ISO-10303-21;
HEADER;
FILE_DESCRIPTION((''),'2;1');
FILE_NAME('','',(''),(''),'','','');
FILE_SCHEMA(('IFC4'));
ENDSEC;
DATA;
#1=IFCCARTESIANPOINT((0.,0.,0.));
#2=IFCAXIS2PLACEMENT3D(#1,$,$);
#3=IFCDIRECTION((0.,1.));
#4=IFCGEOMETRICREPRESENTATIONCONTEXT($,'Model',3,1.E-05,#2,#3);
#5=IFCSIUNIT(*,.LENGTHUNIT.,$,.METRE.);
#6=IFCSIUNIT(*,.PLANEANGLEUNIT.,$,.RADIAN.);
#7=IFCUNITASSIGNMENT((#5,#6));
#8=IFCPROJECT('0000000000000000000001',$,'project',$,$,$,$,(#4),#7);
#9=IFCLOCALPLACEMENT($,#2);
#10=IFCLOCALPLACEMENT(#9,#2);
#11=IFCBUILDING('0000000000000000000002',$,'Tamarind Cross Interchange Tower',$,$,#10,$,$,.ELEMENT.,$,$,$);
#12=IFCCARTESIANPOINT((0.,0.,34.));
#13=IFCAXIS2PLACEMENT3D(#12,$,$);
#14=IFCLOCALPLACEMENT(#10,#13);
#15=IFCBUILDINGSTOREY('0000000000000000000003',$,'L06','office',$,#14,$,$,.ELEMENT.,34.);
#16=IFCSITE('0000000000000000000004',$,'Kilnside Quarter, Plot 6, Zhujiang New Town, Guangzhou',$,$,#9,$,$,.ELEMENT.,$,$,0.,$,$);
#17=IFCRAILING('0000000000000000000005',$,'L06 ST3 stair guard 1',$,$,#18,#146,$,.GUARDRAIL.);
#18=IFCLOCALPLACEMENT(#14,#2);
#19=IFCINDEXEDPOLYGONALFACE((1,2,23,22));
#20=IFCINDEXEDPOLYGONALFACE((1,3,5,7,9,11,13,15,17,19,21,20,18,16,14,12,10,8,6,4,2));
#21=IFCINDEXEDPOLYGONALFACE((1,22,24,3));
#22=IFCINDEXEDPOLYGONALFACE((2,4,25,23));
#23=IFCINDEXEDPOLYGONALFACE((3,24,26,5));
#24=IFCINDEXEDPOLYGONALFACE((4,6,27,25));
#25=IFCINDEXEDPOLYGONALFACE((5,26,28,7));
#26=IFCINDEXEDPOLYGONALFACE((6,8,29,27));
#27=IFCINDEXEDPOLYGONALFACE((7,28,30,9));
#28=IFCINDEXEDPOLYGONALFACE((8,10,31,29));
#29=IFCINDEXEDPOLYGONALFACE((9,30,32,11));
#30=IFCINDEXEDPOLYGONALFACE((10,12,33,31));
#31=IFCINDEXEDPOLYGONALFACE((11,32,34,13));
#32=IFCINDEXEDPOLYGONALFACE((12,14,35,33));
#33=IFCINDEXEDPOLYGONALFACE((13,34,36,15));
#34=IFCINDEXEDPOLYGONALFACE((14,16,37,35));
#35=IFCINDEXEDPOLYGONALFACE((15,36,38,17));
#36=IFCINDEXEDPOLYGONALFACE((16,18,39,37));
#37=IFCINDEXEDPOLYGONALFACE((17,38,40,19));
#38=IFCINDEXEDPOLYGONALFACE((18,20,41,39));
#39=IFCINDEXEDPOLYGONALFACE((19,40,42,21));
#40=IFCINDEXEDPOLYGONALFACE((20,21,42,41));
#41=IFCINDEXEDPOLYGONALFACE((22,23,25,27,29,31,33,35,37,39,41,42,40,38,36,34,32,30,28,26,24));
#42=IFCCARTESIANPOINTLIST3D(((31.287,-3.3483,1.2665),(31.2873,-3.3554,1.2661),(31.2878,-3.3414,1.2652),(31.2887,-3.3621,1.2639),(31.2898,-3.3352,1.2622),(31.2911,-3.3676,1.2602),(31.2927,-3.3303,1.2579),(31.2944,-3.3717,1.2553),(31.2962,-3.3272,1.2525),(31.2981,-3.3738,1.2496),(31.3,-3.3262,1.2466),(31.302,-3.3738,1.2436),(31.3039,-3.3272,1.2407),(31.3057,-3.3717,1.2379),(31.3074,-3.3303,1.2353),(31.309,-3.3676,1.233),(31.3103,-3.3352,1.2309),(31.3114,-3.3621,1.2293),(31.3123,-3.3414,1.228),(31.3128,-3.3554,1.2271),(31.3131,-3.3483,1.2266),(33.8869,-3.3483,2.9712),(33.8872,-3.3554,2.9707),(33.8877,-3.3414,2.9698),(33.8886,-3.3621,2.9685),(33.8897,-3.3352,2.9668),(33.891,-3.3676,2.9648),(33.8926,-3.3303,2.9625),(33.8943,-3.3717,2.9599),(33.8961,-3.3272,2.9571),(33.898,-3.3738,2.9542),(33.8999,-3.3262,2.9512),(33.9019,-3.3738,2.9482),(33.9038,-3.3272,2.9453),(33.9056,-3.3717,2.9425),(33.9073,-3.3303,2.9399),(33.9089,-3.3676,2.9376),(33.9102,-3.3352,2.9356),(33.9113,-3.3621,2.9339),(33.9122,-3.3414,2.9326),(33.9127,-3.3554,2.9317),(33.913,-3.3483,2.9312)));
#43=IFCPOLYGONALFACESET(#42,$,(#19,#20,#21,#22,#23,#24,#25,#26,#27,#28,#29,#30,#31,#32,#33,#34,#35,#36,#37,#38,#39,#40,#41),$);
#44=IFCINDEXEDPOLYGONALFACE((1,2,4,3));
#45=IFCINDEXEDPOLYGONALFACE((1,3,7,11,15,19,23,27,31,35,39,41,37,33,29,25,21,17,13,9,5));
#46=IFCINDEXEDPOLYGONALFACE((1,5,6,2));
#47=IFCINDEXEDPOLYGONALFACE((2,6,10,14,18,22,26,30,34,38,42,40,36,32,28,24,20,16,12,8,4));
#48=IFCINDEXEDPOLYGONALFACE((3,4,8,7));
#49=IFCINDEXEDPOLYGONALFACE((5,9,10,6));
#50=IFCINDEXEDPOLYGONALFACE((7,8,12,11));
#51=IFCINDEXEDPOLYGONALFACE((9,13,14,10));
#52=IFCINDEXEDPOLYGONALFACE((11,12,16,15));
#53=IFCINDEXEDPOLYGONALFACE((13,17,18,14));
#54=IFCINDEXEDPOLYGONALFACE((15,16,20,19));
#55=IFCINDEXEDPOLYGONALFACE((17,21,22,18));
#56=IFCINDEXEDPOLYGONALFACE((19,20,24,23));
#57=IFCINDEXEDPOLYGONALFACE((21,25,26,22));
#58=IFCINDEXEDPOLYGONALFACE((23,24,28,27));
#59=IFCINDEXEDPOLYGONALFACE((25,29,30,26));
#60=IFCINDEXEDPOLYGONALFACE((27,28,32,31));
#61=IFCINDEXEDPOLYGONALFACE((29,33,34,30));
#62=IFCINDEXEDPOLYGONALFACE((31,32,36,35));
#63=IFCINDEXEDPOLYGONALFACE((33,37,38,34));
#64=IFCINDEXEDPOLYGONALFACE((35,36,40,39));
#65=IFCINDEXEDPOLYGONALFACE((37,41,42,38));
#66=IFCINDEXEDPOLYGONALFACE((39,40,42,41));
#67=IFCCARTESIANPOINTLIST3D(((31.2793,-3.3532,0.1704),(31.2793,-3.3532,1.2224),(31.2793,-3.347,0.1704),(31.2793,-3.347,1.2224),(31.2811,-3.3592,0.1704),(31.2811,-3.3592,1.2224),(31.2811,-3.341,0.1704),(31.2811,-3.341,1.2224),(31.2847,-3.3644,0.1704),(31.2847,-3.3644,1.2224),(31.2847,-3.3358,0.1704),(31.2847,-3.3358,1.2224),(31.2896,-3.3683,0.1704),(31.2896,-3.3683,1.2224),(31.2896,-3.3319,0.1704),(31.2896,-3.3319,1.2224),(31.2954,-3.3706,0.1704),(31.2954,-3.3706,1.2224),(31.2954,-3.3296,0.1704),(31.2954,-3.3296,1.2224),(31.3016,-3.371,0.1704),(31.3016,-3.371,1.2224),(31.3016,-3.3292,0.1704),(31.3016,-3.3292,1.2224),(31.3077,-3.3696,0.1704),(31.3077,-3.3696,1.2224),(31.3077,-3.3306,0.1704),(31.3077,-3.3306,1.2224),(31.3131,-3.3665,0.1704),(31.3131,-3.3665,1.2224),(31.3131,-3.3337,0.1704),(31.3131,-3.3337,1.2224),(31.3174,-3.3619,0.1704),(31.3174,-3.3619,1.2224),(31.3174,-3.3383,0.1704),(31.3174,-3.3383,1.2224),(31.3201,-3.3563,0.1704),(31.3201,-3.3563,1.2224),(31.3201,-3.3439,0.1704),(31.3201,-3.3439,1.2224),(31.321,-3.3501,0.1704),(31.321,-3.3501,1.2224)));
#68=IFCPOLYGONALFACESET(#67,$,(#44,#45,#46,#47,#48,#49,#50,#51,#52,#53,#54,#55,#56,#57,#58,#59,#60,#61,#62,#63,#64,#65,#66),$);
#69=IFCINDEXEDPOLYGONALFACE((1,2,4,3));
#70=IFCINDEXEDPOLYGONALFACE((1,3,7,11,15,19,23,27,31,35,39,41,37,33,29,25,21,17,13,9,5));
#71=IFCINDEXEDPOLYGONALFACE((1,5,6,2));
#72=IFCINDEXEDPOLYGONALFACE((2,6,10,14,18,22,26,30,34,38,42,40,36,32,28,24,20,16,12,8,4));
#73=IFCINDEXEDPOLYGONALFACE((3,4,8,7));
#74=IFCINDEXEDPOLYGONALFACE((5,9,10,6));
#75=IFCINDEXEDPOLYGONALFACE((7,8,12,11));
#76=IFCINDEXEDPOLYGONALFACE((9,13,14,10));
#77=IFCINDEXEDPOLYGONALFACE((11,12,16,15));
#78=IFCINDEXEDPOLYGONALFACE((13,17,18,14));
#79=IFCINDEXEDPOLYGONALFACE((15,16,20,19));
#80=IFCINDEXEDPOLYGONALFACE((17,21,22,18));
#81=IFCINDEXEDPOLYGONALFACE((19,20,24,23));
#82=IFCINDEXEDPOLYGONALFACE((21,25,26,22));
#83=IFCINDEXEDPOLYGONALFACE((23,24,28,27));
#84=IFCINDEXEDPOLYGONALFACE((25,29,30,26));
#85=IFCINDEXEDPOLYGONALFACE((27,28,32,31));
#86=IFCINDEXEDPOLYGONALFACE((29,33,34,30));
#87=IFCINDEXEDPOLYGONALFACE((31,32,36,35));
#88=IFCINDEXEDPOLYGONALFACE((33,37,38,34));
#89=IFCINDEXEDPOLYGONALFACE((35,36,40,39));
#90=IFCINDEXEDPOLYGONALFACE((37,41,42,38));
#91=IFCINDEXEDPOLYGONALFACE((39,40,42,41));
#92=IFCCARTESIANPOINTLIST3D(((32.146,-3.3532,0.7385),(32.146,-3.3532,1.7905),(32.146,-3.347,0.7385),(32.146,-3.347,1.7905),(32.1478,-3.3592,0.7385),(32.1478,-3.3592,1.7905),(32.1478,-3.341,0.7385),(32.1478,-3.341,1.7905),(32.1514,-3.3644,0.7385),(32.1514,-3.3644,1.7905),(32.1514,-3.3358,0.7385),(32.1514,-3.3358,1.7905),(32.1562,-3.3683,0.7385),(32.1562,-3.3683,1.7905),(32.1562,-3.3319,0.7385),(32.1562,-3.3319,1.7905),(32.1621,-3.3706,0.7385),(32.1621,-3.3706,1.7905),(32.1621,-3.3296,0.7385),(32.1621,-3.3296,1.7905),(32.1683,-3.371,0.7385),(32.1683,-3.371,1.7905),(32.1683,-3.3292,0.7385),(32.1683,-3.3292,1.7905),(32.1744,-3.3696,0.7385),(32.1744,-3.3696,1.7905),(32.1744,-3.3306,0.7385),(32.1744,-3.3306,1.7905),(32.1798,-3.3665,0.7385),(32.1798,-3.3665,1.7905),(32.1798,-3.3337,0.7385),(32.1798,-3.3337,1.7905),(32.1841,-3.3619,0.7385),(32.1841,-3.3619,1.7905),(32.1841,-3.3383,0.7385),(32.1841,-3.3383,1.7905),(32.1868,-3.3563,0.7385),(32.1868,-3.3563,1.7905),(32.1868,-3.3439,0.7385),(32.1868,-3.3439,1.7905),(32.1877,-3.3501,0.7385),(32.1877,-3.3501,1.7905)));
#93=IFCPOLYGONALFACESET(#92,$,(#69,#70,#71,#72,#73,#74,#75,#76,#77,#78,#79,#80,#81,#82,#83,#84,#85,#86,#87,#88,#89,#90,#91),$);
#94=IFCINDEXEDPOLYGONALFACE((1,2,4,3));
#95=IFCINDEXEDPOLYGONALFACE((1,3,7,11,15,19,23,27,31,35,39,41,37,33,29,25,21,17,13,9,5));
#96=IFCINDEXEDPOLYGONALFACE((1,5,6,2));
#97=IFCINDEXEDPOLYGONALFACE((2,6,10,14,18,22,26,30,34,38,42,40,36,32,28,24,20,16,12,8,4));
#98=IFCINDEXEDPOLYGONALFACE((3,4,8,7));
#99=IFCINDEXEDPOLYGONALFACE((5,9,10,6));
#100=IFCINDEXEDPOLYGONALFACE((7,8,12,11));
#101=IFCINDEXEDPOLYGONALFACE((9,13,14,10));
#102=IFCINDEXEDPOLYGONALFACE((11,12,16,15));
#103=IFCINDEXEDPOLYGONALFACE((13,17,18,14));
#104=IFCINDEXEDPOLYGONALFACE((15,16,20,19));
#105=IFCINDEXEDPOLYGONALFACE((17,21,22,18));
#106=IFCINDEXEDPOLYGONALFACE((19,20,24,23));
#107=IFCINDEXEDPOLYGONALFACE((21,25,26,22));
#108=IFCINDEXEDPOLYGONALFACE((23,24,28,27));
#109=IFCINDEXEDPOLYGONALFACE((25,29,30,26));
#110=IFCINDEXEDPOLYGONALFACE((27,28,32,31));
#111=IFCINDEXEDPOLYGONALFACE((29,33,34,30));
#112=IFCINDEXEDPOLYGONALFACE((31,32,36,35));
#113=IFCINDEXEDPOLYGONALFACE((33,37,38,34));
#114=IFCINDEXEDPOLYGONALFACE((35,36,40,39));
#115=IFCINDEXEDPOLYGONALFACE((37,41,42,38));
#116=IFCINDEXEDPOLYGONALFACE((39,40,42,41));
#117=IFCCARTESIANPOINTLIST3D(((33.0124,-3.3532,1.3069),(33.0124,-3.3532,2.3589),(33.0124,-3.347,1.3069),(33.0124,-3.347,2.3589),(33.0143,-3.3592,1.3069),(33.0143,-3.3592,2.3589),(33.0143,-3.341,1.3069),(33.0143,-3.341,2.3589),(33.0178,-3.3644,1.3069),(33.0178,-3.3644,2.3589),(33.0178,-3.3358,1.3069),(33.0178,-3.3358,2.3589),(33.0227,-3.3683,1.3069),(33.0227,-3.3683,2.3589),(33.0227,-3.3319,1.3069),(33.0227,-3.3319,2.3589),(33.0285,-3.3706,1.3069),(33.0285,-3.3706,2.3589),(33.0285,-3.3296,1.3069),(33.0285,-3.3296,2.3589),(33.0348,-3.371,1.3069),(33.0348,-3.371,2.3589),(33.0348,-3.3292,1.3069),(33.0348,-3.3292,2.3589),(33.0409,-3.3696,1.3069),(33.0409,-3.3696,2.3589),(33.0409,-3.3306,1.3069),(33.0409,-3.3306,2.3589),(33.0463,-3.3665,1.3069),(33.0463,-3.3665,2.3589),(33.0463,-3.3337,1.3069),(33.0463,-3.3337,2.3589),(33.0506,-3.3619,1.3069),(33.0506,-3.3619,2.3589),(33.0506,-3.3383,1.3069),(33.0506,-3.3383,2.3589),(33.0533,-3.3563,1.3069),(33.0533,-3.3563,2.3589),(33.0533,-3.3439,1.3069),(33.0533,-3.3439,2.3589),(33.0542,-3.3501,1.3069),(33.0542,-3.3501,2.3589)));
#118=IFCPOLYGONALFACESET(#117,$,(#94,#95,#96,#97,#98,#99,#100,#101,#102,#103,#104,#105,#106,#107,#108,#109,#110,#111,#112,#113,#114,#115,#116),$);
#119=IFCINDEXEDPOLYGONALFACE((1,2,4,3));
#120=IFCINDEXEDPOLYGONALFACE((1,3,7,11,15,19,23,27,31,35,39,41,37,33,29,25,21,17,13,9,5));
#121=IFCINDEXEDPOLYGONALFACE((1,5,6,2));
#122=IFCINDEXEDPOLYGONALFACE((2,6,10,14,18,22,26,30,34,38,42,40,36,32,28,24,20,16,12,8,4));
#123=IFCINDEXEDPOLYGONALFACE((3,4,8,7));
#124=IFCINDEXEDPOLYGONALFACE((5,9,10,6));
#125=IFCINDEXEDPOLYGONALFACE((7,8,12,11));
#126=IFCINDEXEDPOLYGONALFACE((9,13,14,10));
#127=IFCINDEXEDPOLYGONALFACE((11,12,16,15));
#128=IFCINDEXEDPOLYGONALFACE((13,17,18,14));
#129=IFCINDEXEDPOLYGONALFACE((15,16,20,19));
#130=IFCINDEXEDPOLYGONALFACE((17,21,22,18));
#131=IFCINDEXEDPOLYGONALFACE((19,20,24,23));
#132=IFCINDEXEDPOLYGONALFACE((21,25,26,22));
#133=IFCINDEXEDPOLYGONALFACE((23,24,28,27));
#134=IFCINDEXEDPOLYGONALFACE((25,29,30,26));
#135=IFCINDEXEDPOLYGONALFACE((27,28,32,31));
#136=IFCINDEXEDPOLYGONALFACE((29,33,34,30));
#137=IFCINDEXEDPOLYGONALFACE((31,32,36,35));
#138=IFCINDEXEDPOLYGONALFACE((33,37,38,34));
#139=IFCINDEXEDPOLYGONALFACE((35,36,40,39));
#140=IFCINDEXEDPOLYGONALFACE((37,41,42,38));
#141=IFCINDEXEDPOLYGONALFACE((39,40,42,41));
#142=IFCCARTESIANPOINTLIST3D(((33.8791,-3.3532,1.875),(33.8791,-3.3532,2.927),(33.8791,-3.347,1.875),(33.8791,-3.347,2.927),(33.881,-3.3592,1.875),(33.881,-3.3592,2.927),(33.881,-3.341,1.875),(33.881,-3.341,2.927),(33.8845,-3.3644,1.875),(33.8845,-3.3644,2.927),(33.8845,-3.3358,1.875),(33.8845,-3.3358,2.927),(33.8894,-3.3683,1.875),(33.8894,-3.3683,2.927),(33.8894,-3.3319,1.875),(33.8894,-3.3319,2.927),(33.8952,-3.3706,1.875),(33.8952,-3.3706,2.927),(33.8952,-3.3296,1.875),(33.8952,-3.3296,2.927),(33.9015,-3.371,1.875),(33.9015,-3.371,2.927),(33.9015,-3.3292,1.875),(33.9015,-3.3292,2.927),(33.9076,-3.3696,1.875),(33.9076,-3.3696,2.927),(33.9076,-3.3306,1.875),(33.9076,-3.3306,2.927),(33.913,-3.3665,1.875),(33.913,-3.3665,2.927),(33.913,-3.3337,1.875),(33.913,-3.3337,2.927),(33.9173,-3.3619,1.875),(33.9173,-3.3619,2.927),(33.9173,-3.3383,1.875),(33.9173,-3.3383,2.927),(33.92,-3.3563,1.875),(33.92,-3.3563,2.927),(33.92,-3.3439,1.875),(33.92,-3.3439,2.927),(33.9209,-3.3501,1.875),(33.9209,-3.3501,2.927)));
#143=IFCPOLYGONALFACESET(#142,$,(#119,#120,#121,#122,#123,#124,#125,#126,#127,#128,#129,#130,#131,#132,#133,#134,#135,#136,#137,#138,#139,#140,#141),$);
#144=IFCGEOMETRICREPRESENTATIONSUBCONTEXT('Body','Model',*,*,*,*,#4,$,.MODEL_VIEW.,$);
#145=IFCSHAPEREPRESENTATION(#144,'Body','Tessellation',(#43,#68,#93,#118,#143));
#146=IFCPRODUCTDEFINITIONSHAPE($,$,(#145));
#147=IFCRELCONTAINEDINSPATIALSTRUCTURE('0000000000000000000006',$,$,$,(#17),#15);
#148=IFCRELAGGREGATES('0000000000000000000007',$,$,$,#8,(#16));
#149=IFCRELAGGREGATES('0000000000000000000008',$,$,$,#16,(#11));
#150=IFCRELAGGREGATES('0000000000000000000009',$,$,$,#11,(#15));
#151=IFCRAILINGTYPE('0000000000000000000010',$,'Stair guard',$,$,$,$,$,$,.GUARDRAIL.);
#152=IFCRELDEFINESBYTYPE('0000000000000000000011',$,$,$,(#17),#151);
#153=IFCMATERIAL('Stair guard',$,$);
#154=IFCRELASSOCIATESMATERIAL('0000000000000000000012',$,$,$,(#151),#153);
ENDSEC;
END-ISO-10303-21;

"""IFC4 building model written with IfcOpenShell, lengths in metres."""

from ifc_helpers import new_model, si_unit, direction, frame, origin, origin_2d, place, context, subcontext, project, spatial, circle, extrude, material, type_object, element, save


model = new_model("IFC4")

# Units and contexts
model_context = context("Model", 3, precision=1e-05, world=origin(), true_north=direction((0.0, 1.0)))
body_context = subcontext(model_context, "Body", "Model", "MODEL_VIEW")
ifc_project = project(units=[si_unit("LENGTHUNIT", "METRE"), si_unit("PLANEANGLEUNIT", "RADIAN")], contexts=[model_context])

# Site, building, storey
site_placement = place(None, origin())
site = spatial("IfcSite", under=ifc_project, at=site_placement, Name="Kilnside Quarter, Plot 6, Zhujiang New Town, Guangzhou", CompositionType="ELEMENT", RefElevation=0.0)
building_placement = place(site_placement, origin())
building = spatial("IfcBuilding", under=site, at=building_placement, Name="Tamarind Cross Interchange Tower", CompositionType="ELEMENT")
storey_placement = place(building_placement, frame((0.0, 0.0, 34.0)))
storey = spatial("IfcBuildingStorey", under=building, at=storey_placement, Name="L06", Description="office", CompositionType="ELEMENT", Elevation=34.0)

# Railing
ifc_material_1 = material(Name="Stair guard")
railing_type_1 = type_object("IfcRailingType", Name="Stair guard", PredefinedType="GUARDRAIL", material=ifc_material_1)
railing_1_placement = place(storey_placement, frame((31.3, -3.3501, 0.1704)))
element("IfcRailing", 1, at=railing_1_placement, inside=storey, type_object=railing_type_1, Name="L06 ST3 stair guard 1", PredefinedType="GUARDRAIL", context=body_context, shape_type="SweptSolid", body=[
    extrude(circle(Radius=0.0239, at=origin_2d()), frame((0.0, 0.0, 1.0762), z_axis=(0.836279, 0.0, 0.548305), x_axis=(0.0, 1.0, 0.0)), (0.0, 0.0, 1.0), 3.1089),
    extrude(circle(Radius=0.021, at=origin_2d()), origin(), (0.0, 0.0, 1.0), 1.052),
    extrude(circle(Radius=0.021, at=origin_2d()), frame((0.8667, 0.0, 0.5681)), (0.0, 0.0, 1.0), 1.052),
    extrude(circle(Radius=0.021, at=origin_2d()), frame((1.7332, 0.0, 1.1365)), (0.0, 0.0, 1.0), 1.052),
    extrude(circle(Radius=0.021, at=origin_2d()), frame((2.5999, 0.0, 1.7046)), (0.0, 0.0, 1.0), 1.052),
])

save(model, "model.ifc")
